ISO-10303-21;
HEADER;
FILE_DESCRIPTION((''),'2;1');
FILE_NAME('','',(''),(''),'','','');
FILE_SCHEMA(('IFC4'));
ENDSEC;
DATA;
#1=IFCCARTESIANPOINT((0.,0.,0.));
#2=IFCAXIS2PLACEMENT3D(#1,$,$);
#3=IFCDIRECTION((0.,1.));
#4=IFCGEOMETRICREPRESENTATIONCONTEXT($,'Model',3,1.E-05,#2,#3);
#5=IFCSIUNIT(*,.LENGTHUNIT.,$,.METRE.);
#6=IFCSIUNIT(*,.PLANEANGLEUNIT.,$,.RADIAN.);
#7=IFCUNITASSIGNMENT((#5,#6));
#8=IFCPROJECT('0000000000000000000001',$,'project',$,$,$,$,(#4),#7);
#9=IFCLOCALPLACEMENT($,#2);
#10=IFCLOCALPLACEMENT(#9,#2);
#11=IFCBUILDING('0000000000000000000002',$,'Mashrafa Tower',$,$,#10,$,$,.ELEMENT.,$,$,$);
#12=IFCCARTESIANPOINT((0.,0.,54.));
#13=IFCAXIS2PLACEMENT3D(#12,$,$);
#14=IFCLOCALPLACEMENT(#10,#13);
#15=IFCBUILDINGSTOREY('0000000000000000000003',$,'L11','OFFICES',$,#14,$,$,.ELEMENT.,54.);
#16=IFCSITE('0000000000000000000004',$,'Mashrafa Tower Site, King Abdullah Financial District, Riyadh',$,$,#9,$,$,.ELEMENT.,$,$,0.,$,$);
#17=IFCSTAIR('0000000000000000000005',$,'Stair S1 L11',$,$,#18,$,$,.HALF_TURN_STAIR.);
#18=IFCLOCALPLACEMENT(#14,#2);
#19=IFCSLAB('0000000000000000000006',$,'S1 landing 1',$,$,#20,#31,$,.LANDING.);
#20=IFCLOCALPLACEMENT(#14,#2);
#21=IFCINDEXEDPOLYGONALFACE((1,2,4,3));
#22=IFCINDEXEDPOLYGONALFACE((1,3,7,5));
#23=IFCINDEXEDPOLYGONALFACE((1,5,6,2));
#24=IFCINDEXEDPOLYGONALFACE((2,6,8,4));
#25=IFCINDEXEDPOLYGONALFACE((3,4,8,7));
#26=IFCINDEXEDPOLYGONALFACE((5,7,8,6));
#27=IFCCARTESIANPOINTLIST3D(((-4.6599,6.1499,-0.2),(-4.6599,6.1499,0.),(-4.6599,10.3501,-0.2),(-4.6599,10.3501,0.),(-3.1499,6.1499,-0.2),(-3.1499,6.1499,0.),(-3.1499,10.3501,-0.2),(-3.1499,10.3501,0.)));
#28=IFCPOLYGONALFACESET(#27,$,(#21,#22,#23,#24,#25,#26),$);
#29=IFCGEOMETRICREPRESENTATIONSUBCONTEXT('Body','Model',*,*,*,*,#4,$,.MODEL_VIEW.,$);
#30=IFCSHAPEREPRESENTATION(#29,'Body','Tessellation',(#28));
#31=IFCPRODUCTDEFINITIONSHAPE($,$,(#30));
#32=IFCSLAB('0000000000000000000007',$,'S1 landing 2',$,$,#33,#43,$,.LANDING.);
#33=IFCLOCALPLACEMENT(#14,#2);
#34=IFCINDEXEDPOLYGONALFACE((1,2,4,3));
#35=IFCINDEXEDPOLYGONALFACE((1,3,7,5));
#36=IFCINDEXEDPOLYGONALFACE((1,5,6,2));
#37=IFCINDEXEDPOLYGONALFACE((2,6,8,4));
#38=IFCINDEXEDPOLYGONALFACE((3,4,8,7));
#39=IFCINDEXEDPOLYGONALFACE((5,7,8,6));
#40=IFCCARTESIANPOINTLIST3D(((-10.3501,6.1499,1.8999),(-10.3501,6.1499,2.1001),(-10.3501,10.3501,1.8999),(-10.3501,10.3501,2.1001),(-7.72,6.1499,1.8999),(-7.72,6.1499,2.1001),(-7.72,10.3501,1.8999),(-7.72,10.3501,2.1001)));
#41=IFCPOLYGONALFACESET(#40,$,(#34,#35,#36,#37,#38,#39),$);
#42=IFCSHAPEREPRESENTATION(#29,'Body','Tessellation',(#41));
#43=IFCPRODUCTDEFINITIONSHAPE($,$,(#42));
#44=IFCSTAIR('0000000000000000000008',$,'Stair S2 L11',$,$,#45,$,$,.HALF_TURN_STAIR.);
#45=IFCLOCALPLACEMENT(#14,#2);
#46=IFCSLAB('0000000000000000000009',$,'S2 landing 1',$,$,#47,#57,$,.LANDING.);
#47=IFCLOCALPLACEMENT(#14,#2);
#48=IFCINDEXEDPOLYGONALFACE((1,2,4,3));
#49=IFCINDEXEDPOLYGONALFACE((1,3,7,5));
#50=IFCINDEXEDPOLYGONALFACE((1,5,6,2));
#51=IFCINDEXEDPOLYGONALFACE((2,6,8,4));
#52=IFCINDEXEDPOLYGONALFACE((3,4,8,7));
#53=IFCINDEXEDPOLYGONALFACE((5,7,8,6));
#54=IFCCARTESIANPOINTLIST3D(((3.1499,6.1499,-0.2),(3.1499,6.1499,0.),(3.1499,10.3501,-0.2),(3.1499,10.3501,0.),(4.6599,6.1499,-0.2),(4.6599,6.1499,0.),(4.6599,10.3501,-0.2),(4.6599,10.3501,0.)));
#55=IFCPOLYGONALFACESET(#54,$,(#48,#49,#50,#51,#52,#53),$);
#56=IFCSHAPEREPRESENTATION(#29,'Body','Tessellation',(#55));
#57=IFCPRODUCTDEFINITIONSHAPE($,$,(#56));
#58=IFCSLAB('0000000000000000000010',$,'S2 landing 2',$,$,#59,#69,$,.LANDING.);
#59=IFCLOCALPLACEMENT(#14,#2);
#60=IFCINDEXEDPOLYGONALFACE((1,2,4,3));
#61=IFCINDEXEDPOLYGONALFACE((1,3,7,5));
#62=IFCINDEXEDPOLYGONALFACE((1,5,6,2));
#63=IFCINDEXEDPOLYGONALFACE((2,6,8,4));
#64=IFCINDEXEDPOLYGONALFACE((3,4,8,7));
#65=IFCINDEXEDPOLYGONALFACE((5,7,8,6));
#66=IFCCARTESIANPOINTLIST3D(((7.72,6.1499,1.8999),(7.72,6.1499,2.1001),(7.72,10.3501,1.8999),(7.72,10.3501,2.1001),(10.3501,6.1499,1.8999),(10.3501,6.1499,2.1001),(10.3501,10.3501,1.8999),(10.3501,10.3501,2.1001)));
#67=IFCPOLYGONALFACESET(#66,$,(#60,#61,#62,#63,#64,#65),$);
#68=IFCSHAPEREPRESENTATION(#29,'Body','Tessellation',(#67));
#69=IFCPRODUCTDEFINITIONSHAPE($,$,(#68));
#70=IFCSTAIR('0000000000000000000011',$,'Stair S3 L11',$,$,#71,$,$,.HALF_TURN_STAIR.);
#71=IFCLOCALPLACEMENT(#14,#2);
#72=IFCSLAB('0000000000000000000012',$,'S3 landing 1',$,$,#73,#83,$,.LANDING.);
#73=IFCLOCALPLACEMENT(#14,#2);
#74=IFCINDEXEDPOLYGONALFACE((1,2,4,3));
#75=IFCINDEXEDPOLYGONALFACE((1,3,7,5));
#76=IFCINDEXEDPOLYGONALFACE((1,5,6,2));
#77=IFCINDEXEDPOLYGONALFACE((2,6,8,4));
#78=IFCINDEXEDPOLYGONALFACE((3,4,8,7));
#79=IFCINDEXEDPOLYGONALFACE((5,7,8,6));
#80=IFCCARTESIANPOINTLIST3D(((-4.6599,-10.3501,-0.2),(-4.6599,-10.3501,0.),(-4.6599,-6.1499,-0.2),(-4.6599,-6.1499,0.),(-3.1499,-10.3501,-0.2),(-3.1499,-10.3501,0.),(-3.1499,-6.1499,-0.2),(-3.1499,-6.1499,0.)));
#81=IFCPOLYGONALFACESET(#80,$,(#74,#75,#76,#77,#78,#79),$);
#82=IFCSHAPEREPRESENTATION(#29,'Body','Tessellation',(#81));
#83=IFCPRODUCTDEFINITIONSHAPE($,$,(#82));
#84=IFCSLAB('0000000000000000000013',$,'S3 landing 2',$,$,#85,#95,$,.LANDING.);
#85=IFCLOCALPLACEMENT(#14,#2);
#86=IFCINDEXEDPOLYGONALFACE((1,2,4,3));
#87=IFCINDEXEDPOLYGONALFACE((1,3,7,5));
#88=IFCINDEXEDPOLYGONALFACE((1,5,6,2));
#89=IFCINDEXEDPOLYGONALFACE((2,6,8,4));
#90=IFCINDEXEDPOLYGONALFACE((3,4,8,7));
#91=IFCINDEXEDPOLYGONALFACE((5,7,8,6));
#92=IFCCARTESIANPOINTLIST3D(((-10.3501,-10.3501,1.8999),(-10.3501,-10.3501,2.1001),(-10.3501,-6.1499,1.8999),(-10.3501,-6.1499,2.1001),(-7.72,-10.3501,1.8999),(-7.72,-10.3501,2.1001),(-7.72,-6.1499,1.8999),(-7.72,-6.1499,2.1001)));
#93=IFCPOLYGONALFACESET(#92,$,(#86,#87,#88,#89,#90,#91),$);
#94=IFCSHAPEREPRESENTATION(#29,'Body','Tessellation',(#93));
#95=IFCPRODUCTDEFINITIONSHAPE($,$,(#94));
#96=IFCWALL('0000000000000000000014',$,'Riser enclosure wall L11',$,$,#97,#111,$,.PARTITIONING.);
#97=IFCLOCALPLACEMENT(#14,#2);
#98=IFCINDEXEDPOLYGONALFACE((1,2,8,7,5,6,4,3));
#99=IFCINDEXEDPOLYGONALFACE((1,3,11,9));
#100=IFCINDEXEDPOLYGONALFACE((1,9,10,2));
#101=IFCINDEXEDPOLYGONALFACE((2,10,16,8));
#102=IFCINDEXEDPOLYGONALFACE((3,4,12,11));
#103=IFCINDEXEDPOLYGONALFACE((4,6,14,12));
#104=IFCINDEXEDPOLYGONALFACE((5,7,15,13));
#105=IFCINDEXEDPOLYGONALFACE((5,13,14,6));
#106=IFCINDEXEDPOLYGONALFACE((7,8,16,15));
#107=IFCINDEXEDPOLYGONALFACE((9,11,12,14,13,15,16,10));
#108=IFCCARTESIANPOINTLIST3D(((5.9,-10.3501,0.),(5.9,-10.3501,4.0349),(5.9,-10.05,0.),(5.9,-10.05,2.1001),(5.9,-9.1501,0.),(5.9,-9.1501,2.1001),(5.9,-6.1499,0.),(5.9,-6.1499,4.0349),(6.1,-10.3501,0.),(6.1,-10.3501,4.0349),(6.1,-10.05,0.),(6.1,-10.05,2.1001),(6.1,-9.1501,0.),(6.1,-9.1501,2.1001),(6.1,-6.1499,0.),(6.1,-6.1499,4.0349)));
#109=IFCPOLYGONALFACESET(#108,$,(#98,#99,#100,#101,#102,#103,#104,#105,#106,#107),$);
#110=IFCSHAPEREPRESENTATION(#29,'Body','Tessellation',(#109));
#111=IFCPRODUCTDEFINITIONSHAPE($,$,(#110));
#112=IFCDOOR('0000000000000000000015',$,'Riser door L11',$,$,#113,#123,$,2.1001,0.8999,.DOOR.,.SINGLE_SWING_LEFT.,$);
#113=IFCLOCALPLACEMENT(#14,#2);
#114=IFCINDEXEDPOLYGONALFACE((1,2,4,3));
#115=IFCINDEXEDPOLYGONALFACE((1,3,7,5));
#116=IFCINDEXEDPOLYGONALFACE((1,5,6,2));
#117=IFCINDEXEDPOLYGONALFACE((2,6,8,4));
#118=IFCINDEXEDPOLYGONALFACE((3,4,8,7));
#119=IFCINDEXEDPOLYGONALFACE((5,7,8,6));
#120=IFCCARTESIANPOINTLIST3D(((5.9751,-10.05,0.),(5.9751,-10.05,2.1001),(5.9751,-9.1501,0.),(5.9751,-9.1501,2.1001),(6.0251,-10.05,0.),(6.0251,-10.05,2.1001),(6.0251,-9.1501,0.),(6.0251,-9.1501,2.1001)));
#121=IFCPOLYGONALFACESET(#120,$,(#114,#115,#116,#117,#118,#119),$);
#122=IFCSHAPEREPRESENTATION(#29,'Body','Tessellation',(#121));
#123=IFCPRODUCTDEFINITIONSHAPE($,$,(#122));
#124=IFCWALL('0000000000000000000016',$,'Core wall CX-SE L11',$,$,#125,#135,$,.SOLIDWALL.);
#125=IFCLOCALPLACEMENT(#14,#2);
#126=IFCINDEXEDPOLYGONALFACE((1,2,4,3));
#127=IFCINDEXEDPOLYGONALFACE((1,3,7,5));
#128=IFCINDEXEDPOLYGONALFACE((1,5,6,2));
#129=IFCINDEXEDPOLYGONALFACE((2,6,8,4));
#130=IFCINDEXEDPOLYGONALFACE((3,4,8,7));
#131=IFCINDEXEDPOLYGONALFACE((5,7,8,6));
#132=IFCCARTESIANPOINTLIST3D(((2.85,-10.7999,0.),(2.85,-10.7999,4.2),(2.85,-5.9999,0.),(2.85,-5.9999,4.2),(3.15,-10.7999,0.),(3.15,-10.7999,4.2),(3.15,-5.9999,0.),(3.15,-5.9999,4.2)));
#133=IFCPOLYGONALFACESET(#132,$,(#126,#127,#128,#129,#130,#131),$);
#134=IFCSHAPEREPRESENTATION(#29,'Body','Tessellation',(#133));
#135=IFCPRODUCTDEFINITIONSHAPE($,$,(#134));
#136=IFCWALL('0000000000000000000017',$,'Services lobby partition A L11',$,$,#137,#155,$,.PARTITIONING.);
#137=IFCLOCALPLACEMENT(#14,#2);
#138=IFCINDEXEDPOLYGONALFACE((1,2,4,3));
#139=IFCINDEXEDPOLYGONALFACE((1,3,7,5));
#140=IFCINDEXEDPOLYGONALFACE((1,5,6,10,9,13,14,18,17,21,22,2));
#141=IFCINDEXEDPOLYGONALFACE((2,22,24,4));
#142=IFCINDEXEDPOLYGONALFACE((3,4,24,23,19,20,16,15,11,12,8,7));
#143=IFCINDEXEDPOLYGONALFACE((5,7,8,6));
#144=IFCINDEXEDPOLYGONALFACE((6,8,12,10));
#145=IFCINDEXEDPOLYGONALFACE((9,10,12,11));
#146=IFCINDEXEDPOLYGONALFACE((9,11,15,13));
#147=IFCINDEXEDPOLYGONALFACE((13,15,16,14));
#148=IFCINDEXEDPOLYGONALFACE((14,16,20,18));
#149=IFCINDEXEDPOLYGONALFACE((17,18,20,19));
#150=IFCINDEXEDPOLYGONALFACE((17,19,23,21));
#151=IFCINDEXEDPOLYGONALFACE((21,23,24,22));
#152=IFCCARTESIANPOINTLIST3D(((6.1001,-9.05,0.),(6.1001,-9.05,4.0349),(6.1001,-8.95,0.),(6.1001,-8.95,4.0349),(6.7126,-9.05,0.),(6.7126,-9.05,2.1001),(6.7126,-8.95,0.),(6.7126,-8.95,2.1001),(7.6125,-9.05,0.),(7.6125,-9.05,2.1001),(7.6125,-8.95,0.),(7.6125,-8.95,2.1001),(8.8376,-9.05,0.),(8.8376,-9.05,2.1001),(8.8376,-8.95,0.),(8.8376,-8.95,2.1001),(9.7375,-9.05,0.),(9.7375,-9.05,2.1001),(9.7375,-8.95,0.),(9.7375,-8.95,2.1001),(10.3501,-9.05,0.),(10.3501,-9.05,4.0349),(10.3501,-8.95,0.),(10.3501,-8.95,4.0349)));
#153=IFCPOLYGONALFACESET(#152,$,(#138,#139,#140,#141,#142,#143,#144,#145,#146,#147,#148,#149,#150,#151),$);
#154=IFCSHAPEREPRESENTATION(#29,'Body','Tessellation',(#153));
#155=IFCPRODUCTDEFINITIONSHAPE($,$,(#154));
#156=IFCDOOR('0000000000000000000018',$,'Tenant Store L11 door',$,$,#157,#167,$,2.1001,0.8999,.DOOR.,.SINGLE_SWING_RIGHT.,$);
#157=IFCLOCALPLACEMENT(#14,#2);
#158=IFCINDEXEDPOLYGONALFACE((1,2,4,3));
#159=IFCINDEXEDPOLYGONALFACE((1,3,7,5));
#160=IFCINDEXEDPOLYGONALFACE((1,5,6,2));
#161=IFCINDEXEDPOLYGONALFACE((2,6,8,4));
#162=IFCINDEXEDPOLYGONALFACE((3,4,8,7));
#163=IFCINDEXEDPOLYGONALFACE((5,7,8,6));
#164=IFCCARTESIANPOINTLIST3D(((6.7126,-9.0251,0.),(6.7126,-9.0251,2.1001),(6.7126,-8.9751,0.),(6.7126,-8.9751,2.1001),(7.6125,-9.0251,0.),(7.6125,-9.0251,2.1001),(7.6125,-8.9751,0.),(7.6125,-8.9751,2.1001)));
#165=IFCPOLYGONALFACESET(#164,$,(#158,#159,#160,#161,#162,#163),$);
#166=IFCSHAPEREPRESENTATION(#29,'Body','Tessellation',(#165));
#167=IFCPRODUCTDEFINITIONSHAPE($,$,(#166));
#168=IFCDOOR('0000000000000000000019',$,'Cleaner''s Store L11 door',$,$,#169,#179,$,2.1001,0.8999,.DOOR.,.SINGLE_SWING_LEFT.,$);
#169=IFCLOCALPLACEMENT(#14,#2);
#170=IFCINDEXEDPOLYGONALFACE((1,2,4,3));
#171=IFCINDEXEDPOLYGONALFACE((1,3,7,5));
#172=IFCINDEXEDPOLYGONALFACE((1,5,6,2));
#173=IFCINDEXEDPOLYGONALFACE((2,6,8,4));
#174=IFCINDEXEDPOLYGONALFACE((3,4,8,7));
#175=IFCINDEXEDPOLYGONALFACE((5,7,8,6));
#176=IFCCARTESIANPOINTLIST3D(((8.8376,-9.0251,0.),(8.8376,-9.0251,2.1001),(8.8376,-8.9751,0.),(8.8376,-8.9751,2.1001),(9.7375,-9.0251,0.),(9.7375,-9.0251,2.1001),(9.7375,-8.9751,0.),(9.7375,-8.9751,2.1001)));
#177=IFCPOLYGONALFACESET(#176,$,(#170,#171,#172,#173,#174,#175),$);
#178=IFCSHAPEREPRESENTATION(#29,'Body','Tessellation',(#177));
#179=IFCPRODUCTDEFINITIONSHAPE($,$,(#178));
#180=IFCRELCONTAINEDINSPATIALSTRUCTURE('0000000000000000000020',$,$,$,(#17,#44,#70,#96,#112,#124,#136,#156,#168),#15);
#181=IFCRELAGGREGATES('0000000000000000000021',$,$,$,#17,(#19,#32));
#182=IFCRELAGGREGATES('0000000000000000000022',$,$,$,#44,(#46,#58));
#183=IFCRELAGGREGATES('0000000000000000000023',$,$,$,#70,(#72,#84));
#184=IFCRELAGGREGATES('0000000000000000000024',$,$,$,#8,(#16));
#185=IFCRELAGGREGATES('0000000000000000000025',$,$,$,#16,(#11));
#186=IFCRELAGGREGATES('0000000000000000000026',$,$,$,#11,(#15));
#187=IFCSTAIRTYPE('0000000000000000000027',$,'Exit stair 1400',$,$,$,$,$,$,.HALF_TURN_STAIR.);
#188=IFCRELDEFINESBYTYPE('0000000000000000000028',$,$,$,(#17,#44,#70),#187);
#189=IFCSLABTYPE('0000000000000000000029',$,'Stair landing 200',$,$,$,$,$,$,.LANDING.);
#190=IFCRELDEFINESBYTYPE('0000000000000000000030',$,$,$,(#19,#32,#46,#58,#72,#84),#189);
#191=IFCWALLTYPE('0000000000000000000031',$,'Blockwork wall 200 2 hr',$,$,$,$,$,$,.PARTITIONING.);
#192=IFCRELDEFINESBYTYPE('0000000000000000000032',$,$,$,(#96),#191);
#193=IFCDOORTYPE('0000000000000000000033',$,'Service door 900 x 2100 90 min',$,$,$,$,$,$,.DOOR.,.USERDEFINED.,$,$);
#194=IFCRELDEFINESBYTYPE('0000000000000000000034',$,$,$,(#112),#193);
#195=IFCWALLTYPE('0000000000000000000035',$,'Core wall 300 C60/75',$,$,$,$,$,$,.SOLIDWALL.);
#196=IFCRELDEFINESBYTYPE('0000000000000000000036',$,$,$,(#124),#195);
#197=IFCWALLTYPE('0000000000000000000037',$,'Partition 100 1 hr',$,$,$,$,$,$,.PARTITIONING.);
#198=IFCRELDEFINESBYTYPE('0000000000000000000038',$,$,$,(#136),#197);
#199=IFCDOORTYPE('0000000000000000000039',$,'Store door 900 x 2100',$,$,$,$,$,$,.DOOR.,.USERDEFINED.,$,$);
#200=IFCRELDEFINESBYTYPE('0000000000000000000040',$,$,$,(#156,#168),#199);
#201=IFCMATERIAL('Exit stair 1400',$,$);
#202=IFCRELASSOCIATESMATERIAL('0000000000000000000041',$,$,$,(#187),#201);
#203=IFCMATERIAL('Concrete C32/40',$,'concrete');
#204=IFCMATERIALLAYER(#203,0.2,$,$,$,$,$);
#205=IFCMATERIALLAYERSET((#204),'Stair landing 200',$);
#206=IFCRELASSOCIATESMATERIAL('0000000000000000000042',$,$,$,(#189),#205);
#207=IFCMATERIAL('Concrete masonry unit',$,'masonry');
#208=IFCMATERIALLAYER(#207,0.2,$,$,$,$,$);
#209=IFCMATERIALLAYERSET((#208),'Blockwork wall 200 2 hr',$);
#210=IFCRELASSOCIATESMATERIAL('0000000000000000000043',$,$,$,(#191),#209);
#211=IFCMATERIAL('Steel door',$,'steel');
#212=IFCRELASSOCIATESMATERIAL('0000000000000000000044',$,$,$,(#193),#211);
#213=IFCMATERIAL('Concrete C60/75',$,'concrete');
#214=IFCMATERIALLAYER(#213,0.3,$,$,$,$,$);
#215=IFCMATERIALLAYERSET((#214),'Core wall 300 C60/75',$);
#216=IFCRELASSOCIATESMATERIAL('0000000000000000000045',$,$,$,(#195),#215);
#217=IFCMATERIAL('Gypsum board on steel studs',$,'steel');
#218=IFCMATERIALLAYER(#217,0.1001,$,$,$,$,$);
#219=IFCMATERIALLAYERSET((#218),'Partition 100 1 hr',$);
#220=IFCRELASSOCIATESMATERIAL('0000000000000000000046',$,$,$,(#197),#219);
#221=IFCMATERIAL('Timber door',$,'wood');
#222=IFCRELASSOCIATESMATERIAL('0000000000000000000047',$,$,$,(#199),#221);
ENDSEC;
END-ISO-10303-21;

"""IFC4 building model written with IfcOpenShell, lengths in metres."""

from ifc_helpers import new_model, si_unit, direction, frame, frame_2d, origin, place, context, subcontext, project, spatial, polyline, rectangle, outline, extrude, material, layer, layer_set, type_object, element, fill, aggregate, save


model = new_model("IFC4")

# Units and contexts
model_context = context("Model", 3, precision=1e-05, world=origin(), true_north=direction((0.0, 1.0)))
body_context = subcontext(model_context, "Body", "Model", "MODEL_VIEW")
ifc_project = project(units=[si_unit("LENGTHUNIT", "METRE"), si_unit("PLANEANGLEUNIT", "RADIAN")], contexts=[model_context])

# Site, building, storey
site_placement = place(None, origin())
site = spatial("IfcSite", under=ifc_project, at=site_placement, Name="Mashrafa Tower Site, King Abdullah Financial District, Riyadh", CompositionType="ELEMENT", RefElevation=0.0)
building_placement = place(site_placement, origin())
building = spatial("IfcBuilding", under=site, at=building_placement, Name="Mashrafa Tower", CompositionType="ELEMENT")
storey_placement = place(building_placement, frame((0.0, 0.0, 54.0)))
storey = spatial("IfcBuildingStorey", under=building, at=storey_placement, Name="L11", Description="OFFICES", CompositionType="ELEMENT", Elevation=54.0)

# Stairs, slabs
ifc_material_1 = material(Name="Exit stair 1400")
stair_type = type_object("IfcStairType", Name="Exit stair 1400", PredefinedType="HALF_TURN_STAIR", material=ifc_material_1)
stair_1_placement = place(storey_placement, origin())
stair_1 = element("IfcStair", 1, at=stair_1_placement, inside=storey, type_object=stair_type, Name="Stair S1 L11", PredefinedType="HALF_TURN_STAIR")
ifc_material_2 = material(Name="Concrete C32/40", Category="concrete")
ifc_layer_1 = layer(ifc_material_2, 0.2)
ifc_layer_set_1 = layer_set([ifc_layer_1], Name="Stair landing 200")
slab_type_1 = type_object("IfcSlabType", Name="Stair landing 200", PredefinedType="LANDING", material=ifc_layer_set_1)
slab_1_placement = place(storey_placement, frame((0.0, 0.0, -0.2)))
slab_1 = element("IfcSlab", 2, at=slab_1_placement, type_object=slab_type_1, Name="S1 landing 1", PredefinedType="LANDING", context=body_context, shape_type="SweptSolid", body=[
    extrude(outline(polyline([(-4.6599, 6.1499), (-3.1499, 6.1499), (-3.1499, 10.3501), (-4.6599, 10.3501), (-4.6599, 6.1499)])), origin(), (0.0, 0.0, 1.0), 0.2),
])
slab_2_placement = place(storey_placement, frame((0.0, 0.0, 1.8999)))
slab_2 = element("IfcSlab", 3, at=slab_2_placement, type_object=slab_type_1, Name="S1 landing 2", PredefinedType="LANDING", context=body_context, shape_type="SweptSolid", body=[
    extrude(outline(polyline([(-10.3501, 6.1499), (-7.72, 6.1499), (-7.72, 10.3501), (-10.3501, 10.3501), (-10.3501, 6.1499)])), origin(), (0.0, 0.0, 1.0), 0.2002),
])
aggregate(stair_1, [slab_1, slab_2])
stair_2_placement = place(storey_placement, origin())
stair_2 = element("IfcStair", 4, at=stair_2_placement, inside=storey, type_object=stair_type, Name="Stair S2 L11", PredefinedType="HALF_TURN_STAIR")
slab_3_placement = place(storey_placement, frame((0.0, 0.0, -0.2)))
slab_3 = element("IfcSlab", 5, at=slab_3_placement, type_object=slab_type_1, Name="S2 landing 1", PredefinedType="LANDING", context=body_context, shape_type="SweptSolid", body=[
    extrude(outline(polyline([(3.1499, 6.1499), (4.6599, 6.1499), (4.6599, 10.3501), (3.1499, 10.3501), (3.1499, 6.1499)])), origin(), (0.0, 0.0, 1.0), 0.2),
])
slab_4_placement = place(storey_placement, frame((0.0, 0.0, 1.8999)))
slab_4 = element("IfcSlab", 6, at=slab_4_placement, type_object=slab_type_1, Name="S2 landing 2", PredefinedType="LANDING", context=body_context, shape_type="SweptSolid", body=[
    extrude(outline(polyline([(7.72, 6.1499), (10.3501, 6.1499), (10.3501, 10.3501), (7.72, 10.3501), (7.72, 6.1499)])), origin(), (0.0, 0.0, 1.0), 0.2002),
])
aggregate(stair_2, [slab_3, slab_4])
stair_3_placement = place(storey_placement, origin())
stair_3 = element("IfcStair", 7, at=stair_3_placement, inside=storey, type_object=stair_type, Name="Stair S3 L11", PredefinedType="HALF_TURN_STAIR")
slab_5_placement = place(storey_placement, frame((0.0, 0.0, -0.2)))
slab_5 = element("IfcSlab", 8, at=slab_5_placement, type_object=slab_type_1, Name="S3 landing 1", PredefinedType="LANDING", context=body_context, shape_type="SweptSolid", body=[
    extrude(outline(polyline([(-4.6599, -10.3501), (-3.1499, -10.3501), (-3.1499, -6.1499), (-4.6599, -6.1499), (-4.6599, -10.3501)])), origin(), (0.0, 0.0, 1.0), 0.2),
])
slab_6_placement = place(storey_placement, frame((0.0, 0.0, 1.8999)))
slab_6 = element("IfcSlab", 9, at=slab_6_placement, type_object=slab_type_1, Name="S3 landing 2", PredefinedType="LANDING", context=body_context, shape_type="SweptSolid", body=[
    extrude(outline(polyline([(-10.3501, -10.3501), (-7.72, -10.3501), (-7.72, -6.1499), (-10.3501, -6.1499), (-10.3501, -10.3501)])), origin(), (0.0, 0.0, 1.0), 0.2002),
])
aggregate(stair_3, [slab_5, slab_6])

# Wall, opening, door
ifc_material_3 = material(Name="Concrete masonry unit", Category="masonry")
ifc_layer_2 = layer(ifc_material_3, 0.2)
ifc_layer_set_2 = layer_set([ifc_layer_2], Name="Blockwork wall 200 2 hr")
wall_type_1 = type_object("IfcWallType", Name="Blockwork wall 200 2 hr", PredefinedType="PARTITIONING", material=ifc_layer_set_2)
wall_1_placement = place(storey_placement, frame((6.0, -10.3501, 0.0), z_axis=(0.0, 0.0, 1.0), x_axis=(0.0, 1.0, 0.0)))
wall_1 = element("IfcWall", 10, at=wall_1_placement, inside=storey, type_object=wall_type_1, Name="Riser enclosure wall L11", PredefinedType="PARTITIONING", context=body_context, shape_type="SweptSolid", body=[
    extrude(rectangle(XDim=4.2002, YDim=0.2, at=frame_2d((2.1001, 0.0))), origin(), (0.0, 0.0, 1.0), 4.0349),
])
opening_1_placement = place(wall_1_placement, frame((0.3, 0.0, 0.0)))
opening_1 = element("IfcOpeningElement", 11, at=opening_1_placement, cuts=wall_1, PredefinedType="OPENING", context=body_context, shape_type="SweptSolid", body=[
    extrude(rectangle(XDim=0.8999, YDim=2.1001, at=frame_2d((0.45, 1.05))), frame((0.0, 0.1099, 0.0), z_axis=(0.0, -1.0, 0.0), x_axis=(1.0, 0.0, 0.0)), (0.0, 0.0, 1.0), 0.22),
])
ifc_material_4 = material(Name="Steel door", Category="steel")
door_type_1 = type_object("IfcDoorType", Name="Service door 900 x 2100 90 min", OperationType="USERDEFINED", PredefinedType="DOOR", material=ifc_material_4)
door_1_placement = place(opening_1_placement, origin())
door_1 = element("IfcDoor", 12, at=door_1_placement, inside=storey, type_object=door_type_1, Name="Riser door L11", OperationType="SINGLE_SWING_LEFT", OverallHeight=2.1001, OverallWidth=0.8999, PredefinedType="DOOR", context=body_context, shape_type="SweptSolid", body=[
    extrude(rectangle(XDim=0.8999, YDim=2.1001, at=frame_2d((0.45, 1.05))), frame((0.0, 0.0249, 0.0), z_axis=(0.0, -1.0, 0.0), x_axis=(1.0, 0.0, 0.0)), (0.0, 0.0, 1.0), 0.05),
])
fill(opening_1, door_1)

# Wall
ifc_material_5 = material(Name="Concrete C60/75", Category="concrete")
ifc_layer_3 = layer(ifc_material_5, 0.3)
ifc_layer_set_3 = layer_set([ifc_layer_3], Name="Core wall 300 C60/75")
wall_type_2 = type_object("IfcWallType", Name="Core wall 300 C60/75", PredefinedType="SOLIDWALL", material=ifc_layer_set_3)
wall_2_placement = place(storey_placement, frame((3.0, -6.0, 0.0), z_axis=(0.0, 0.0, 1.0), x_axis=(0.0, -1.0, 0.0)))
element("IfcWall", 13, at=wall_2_placement, inside=storey, type_object=wall_type_2, Name="Core wall CX-SE L11", PredefinedType="SOLIDWALL", context=body_context, shape_type="SweptSolid", body=[
    extrude(rectangle(XDim=4.8, YDim=0.3, at=frame_2d((2.3999, 0.0))), origin(), (0.0, 0.0, 1.0), 4.2),
])

# Wall, openings, doors
ifc_material_6 = material(Name="Gypsum board on steel studs", Category="steel")
ifc_layer_4 = layer(ifc_material_6, 0.1001)
ifc_layer_set_4 = layer_set([ifc_layer_4], Name="Partition 100 1 hr")
wall_type_3 = type_object("IfcWallType", Name="Partition 100 1 hr", PredefinedType="PARTITIONING", material=ifc_layer_set_4)
wall_3_placement = place(storey_placement, frame((6.1001, -9.0, 0.0), z_axis=(0.0, 0.0, 1.0), x_axis=(1.0, 0.0, 0.0)))
wall_3 = element("IfcWall", 14, at=wall_3_placement, inside=storey, type_object=wall_type_3, Name="Services lobby partition A L11", PredefinedType="PARTITIONING", context=body_context, shape_type="SweptSolid", body=[
    extrude(rectangle(XDim=4.25, YDim=0.1001, at=frame_2d((2.125, 0.0))), origin(), (0.0, 0.0, 1.0), 4.0349),
])
opening_2_placement = place(wall_3_placement, frame((0.6125, 0.0, 0.0)))
opening_2 = element("IfcOpeningElement", 15, at=opening_2_placement, cuts=wall_3, PredefinedType="OPENING", context=body_context, shape_type="SweptSolid", body=[
    extrude(rectangle(XDim=0.8999, YDim=2.1001, at=frame_2d((0.45, 1.05))), frame((0.0, 0.0601, 0.0), z_axis=(0.0, -1.0, 0.0), x_axis=(1.0, 0.0, 0.0)), (0.0, 0.0, 1.0), 0.1201),
])
opening_3_placement = place(wall_3_placement, frame((2.7375, 0.0, 0.0)))
opening_3 = element("IfcOpeningElement", 16, at=opening_3_placement, cuts=wall_3, PredefinedType="OPENING", context=body_context, shape_type="SweptSolid", body=[
    extrude(rectangle(XDim=0.8999, YDim=2.1001, at=frame_2d((0.45, 1.05))), frame((0.0, 0.0601, 0.0), z_axis=(0.0, -1.0, 0.0), x_axis=(1.0, 0.0, 0.0)), (0.0, 0.0, 1.0), 0.1201),
])
ifc_material_7 = material(Name="Timber door", Category="wood")
door_type_2 = type_object("IfcDoorType", Name="Store door 900 x 2100", OperationType="USERDEFINED", PredefinedType="DOOR", material=ifc_material_7)
door_2_placement = place(opening_2_placement, origin())
door_2 = element("IfcDoor", 17, at=door_2_placement, inside=storey, type_object=door_type_2, Name="Tenant Store L11 door", OperationType="SINGLE_SWING_RIGHT", OverallHeight=2.1001, OverallWidth=0.8999, PredefinedType="DOOR", context=body_context, shape_type="SweptSolid", body=[
    extrude(rectangle(XDim=0.8999, YDim=2.1001, at=frame_2d((0.45, 1.05))), frame((0.0, 0.0249, 0.0), z_axis=(0.0, -1.0, 0.0), x_axis=(1.0, 0.0, 0.0)), (0.0, 0.0, 1.0), 0.05),
])
fill(opening_2, door_2)
door_3_placement = place(opening_3_placement, origin())
door_3 = element("IfcDoor", 18, at=door_3_placement, inside=storey, type_object=door_type_2, Name="Cleaner's Store L11 door", OperationType="SINGLE_SWING_LEFT", OverallHeight=2.1001, OverallWidth=0.8999, PredefinedType="DOOR", context=body_context, shape_type="SweptSolid", body=[
    extrude(rectangle(XDim=0.8999, YDim=2.1001, at=frame_2d((0.45, 1.05))), frame((0.0, 0.0249, 0.0), z_axis=(0.0, -1.0, 0.0), x_axis=(1.0, 0.0, 0.0)), (0.0, 0.0, 1.0), 0.05),
])
fill(opening_3, door_3)

save(model, "model.ifc")
